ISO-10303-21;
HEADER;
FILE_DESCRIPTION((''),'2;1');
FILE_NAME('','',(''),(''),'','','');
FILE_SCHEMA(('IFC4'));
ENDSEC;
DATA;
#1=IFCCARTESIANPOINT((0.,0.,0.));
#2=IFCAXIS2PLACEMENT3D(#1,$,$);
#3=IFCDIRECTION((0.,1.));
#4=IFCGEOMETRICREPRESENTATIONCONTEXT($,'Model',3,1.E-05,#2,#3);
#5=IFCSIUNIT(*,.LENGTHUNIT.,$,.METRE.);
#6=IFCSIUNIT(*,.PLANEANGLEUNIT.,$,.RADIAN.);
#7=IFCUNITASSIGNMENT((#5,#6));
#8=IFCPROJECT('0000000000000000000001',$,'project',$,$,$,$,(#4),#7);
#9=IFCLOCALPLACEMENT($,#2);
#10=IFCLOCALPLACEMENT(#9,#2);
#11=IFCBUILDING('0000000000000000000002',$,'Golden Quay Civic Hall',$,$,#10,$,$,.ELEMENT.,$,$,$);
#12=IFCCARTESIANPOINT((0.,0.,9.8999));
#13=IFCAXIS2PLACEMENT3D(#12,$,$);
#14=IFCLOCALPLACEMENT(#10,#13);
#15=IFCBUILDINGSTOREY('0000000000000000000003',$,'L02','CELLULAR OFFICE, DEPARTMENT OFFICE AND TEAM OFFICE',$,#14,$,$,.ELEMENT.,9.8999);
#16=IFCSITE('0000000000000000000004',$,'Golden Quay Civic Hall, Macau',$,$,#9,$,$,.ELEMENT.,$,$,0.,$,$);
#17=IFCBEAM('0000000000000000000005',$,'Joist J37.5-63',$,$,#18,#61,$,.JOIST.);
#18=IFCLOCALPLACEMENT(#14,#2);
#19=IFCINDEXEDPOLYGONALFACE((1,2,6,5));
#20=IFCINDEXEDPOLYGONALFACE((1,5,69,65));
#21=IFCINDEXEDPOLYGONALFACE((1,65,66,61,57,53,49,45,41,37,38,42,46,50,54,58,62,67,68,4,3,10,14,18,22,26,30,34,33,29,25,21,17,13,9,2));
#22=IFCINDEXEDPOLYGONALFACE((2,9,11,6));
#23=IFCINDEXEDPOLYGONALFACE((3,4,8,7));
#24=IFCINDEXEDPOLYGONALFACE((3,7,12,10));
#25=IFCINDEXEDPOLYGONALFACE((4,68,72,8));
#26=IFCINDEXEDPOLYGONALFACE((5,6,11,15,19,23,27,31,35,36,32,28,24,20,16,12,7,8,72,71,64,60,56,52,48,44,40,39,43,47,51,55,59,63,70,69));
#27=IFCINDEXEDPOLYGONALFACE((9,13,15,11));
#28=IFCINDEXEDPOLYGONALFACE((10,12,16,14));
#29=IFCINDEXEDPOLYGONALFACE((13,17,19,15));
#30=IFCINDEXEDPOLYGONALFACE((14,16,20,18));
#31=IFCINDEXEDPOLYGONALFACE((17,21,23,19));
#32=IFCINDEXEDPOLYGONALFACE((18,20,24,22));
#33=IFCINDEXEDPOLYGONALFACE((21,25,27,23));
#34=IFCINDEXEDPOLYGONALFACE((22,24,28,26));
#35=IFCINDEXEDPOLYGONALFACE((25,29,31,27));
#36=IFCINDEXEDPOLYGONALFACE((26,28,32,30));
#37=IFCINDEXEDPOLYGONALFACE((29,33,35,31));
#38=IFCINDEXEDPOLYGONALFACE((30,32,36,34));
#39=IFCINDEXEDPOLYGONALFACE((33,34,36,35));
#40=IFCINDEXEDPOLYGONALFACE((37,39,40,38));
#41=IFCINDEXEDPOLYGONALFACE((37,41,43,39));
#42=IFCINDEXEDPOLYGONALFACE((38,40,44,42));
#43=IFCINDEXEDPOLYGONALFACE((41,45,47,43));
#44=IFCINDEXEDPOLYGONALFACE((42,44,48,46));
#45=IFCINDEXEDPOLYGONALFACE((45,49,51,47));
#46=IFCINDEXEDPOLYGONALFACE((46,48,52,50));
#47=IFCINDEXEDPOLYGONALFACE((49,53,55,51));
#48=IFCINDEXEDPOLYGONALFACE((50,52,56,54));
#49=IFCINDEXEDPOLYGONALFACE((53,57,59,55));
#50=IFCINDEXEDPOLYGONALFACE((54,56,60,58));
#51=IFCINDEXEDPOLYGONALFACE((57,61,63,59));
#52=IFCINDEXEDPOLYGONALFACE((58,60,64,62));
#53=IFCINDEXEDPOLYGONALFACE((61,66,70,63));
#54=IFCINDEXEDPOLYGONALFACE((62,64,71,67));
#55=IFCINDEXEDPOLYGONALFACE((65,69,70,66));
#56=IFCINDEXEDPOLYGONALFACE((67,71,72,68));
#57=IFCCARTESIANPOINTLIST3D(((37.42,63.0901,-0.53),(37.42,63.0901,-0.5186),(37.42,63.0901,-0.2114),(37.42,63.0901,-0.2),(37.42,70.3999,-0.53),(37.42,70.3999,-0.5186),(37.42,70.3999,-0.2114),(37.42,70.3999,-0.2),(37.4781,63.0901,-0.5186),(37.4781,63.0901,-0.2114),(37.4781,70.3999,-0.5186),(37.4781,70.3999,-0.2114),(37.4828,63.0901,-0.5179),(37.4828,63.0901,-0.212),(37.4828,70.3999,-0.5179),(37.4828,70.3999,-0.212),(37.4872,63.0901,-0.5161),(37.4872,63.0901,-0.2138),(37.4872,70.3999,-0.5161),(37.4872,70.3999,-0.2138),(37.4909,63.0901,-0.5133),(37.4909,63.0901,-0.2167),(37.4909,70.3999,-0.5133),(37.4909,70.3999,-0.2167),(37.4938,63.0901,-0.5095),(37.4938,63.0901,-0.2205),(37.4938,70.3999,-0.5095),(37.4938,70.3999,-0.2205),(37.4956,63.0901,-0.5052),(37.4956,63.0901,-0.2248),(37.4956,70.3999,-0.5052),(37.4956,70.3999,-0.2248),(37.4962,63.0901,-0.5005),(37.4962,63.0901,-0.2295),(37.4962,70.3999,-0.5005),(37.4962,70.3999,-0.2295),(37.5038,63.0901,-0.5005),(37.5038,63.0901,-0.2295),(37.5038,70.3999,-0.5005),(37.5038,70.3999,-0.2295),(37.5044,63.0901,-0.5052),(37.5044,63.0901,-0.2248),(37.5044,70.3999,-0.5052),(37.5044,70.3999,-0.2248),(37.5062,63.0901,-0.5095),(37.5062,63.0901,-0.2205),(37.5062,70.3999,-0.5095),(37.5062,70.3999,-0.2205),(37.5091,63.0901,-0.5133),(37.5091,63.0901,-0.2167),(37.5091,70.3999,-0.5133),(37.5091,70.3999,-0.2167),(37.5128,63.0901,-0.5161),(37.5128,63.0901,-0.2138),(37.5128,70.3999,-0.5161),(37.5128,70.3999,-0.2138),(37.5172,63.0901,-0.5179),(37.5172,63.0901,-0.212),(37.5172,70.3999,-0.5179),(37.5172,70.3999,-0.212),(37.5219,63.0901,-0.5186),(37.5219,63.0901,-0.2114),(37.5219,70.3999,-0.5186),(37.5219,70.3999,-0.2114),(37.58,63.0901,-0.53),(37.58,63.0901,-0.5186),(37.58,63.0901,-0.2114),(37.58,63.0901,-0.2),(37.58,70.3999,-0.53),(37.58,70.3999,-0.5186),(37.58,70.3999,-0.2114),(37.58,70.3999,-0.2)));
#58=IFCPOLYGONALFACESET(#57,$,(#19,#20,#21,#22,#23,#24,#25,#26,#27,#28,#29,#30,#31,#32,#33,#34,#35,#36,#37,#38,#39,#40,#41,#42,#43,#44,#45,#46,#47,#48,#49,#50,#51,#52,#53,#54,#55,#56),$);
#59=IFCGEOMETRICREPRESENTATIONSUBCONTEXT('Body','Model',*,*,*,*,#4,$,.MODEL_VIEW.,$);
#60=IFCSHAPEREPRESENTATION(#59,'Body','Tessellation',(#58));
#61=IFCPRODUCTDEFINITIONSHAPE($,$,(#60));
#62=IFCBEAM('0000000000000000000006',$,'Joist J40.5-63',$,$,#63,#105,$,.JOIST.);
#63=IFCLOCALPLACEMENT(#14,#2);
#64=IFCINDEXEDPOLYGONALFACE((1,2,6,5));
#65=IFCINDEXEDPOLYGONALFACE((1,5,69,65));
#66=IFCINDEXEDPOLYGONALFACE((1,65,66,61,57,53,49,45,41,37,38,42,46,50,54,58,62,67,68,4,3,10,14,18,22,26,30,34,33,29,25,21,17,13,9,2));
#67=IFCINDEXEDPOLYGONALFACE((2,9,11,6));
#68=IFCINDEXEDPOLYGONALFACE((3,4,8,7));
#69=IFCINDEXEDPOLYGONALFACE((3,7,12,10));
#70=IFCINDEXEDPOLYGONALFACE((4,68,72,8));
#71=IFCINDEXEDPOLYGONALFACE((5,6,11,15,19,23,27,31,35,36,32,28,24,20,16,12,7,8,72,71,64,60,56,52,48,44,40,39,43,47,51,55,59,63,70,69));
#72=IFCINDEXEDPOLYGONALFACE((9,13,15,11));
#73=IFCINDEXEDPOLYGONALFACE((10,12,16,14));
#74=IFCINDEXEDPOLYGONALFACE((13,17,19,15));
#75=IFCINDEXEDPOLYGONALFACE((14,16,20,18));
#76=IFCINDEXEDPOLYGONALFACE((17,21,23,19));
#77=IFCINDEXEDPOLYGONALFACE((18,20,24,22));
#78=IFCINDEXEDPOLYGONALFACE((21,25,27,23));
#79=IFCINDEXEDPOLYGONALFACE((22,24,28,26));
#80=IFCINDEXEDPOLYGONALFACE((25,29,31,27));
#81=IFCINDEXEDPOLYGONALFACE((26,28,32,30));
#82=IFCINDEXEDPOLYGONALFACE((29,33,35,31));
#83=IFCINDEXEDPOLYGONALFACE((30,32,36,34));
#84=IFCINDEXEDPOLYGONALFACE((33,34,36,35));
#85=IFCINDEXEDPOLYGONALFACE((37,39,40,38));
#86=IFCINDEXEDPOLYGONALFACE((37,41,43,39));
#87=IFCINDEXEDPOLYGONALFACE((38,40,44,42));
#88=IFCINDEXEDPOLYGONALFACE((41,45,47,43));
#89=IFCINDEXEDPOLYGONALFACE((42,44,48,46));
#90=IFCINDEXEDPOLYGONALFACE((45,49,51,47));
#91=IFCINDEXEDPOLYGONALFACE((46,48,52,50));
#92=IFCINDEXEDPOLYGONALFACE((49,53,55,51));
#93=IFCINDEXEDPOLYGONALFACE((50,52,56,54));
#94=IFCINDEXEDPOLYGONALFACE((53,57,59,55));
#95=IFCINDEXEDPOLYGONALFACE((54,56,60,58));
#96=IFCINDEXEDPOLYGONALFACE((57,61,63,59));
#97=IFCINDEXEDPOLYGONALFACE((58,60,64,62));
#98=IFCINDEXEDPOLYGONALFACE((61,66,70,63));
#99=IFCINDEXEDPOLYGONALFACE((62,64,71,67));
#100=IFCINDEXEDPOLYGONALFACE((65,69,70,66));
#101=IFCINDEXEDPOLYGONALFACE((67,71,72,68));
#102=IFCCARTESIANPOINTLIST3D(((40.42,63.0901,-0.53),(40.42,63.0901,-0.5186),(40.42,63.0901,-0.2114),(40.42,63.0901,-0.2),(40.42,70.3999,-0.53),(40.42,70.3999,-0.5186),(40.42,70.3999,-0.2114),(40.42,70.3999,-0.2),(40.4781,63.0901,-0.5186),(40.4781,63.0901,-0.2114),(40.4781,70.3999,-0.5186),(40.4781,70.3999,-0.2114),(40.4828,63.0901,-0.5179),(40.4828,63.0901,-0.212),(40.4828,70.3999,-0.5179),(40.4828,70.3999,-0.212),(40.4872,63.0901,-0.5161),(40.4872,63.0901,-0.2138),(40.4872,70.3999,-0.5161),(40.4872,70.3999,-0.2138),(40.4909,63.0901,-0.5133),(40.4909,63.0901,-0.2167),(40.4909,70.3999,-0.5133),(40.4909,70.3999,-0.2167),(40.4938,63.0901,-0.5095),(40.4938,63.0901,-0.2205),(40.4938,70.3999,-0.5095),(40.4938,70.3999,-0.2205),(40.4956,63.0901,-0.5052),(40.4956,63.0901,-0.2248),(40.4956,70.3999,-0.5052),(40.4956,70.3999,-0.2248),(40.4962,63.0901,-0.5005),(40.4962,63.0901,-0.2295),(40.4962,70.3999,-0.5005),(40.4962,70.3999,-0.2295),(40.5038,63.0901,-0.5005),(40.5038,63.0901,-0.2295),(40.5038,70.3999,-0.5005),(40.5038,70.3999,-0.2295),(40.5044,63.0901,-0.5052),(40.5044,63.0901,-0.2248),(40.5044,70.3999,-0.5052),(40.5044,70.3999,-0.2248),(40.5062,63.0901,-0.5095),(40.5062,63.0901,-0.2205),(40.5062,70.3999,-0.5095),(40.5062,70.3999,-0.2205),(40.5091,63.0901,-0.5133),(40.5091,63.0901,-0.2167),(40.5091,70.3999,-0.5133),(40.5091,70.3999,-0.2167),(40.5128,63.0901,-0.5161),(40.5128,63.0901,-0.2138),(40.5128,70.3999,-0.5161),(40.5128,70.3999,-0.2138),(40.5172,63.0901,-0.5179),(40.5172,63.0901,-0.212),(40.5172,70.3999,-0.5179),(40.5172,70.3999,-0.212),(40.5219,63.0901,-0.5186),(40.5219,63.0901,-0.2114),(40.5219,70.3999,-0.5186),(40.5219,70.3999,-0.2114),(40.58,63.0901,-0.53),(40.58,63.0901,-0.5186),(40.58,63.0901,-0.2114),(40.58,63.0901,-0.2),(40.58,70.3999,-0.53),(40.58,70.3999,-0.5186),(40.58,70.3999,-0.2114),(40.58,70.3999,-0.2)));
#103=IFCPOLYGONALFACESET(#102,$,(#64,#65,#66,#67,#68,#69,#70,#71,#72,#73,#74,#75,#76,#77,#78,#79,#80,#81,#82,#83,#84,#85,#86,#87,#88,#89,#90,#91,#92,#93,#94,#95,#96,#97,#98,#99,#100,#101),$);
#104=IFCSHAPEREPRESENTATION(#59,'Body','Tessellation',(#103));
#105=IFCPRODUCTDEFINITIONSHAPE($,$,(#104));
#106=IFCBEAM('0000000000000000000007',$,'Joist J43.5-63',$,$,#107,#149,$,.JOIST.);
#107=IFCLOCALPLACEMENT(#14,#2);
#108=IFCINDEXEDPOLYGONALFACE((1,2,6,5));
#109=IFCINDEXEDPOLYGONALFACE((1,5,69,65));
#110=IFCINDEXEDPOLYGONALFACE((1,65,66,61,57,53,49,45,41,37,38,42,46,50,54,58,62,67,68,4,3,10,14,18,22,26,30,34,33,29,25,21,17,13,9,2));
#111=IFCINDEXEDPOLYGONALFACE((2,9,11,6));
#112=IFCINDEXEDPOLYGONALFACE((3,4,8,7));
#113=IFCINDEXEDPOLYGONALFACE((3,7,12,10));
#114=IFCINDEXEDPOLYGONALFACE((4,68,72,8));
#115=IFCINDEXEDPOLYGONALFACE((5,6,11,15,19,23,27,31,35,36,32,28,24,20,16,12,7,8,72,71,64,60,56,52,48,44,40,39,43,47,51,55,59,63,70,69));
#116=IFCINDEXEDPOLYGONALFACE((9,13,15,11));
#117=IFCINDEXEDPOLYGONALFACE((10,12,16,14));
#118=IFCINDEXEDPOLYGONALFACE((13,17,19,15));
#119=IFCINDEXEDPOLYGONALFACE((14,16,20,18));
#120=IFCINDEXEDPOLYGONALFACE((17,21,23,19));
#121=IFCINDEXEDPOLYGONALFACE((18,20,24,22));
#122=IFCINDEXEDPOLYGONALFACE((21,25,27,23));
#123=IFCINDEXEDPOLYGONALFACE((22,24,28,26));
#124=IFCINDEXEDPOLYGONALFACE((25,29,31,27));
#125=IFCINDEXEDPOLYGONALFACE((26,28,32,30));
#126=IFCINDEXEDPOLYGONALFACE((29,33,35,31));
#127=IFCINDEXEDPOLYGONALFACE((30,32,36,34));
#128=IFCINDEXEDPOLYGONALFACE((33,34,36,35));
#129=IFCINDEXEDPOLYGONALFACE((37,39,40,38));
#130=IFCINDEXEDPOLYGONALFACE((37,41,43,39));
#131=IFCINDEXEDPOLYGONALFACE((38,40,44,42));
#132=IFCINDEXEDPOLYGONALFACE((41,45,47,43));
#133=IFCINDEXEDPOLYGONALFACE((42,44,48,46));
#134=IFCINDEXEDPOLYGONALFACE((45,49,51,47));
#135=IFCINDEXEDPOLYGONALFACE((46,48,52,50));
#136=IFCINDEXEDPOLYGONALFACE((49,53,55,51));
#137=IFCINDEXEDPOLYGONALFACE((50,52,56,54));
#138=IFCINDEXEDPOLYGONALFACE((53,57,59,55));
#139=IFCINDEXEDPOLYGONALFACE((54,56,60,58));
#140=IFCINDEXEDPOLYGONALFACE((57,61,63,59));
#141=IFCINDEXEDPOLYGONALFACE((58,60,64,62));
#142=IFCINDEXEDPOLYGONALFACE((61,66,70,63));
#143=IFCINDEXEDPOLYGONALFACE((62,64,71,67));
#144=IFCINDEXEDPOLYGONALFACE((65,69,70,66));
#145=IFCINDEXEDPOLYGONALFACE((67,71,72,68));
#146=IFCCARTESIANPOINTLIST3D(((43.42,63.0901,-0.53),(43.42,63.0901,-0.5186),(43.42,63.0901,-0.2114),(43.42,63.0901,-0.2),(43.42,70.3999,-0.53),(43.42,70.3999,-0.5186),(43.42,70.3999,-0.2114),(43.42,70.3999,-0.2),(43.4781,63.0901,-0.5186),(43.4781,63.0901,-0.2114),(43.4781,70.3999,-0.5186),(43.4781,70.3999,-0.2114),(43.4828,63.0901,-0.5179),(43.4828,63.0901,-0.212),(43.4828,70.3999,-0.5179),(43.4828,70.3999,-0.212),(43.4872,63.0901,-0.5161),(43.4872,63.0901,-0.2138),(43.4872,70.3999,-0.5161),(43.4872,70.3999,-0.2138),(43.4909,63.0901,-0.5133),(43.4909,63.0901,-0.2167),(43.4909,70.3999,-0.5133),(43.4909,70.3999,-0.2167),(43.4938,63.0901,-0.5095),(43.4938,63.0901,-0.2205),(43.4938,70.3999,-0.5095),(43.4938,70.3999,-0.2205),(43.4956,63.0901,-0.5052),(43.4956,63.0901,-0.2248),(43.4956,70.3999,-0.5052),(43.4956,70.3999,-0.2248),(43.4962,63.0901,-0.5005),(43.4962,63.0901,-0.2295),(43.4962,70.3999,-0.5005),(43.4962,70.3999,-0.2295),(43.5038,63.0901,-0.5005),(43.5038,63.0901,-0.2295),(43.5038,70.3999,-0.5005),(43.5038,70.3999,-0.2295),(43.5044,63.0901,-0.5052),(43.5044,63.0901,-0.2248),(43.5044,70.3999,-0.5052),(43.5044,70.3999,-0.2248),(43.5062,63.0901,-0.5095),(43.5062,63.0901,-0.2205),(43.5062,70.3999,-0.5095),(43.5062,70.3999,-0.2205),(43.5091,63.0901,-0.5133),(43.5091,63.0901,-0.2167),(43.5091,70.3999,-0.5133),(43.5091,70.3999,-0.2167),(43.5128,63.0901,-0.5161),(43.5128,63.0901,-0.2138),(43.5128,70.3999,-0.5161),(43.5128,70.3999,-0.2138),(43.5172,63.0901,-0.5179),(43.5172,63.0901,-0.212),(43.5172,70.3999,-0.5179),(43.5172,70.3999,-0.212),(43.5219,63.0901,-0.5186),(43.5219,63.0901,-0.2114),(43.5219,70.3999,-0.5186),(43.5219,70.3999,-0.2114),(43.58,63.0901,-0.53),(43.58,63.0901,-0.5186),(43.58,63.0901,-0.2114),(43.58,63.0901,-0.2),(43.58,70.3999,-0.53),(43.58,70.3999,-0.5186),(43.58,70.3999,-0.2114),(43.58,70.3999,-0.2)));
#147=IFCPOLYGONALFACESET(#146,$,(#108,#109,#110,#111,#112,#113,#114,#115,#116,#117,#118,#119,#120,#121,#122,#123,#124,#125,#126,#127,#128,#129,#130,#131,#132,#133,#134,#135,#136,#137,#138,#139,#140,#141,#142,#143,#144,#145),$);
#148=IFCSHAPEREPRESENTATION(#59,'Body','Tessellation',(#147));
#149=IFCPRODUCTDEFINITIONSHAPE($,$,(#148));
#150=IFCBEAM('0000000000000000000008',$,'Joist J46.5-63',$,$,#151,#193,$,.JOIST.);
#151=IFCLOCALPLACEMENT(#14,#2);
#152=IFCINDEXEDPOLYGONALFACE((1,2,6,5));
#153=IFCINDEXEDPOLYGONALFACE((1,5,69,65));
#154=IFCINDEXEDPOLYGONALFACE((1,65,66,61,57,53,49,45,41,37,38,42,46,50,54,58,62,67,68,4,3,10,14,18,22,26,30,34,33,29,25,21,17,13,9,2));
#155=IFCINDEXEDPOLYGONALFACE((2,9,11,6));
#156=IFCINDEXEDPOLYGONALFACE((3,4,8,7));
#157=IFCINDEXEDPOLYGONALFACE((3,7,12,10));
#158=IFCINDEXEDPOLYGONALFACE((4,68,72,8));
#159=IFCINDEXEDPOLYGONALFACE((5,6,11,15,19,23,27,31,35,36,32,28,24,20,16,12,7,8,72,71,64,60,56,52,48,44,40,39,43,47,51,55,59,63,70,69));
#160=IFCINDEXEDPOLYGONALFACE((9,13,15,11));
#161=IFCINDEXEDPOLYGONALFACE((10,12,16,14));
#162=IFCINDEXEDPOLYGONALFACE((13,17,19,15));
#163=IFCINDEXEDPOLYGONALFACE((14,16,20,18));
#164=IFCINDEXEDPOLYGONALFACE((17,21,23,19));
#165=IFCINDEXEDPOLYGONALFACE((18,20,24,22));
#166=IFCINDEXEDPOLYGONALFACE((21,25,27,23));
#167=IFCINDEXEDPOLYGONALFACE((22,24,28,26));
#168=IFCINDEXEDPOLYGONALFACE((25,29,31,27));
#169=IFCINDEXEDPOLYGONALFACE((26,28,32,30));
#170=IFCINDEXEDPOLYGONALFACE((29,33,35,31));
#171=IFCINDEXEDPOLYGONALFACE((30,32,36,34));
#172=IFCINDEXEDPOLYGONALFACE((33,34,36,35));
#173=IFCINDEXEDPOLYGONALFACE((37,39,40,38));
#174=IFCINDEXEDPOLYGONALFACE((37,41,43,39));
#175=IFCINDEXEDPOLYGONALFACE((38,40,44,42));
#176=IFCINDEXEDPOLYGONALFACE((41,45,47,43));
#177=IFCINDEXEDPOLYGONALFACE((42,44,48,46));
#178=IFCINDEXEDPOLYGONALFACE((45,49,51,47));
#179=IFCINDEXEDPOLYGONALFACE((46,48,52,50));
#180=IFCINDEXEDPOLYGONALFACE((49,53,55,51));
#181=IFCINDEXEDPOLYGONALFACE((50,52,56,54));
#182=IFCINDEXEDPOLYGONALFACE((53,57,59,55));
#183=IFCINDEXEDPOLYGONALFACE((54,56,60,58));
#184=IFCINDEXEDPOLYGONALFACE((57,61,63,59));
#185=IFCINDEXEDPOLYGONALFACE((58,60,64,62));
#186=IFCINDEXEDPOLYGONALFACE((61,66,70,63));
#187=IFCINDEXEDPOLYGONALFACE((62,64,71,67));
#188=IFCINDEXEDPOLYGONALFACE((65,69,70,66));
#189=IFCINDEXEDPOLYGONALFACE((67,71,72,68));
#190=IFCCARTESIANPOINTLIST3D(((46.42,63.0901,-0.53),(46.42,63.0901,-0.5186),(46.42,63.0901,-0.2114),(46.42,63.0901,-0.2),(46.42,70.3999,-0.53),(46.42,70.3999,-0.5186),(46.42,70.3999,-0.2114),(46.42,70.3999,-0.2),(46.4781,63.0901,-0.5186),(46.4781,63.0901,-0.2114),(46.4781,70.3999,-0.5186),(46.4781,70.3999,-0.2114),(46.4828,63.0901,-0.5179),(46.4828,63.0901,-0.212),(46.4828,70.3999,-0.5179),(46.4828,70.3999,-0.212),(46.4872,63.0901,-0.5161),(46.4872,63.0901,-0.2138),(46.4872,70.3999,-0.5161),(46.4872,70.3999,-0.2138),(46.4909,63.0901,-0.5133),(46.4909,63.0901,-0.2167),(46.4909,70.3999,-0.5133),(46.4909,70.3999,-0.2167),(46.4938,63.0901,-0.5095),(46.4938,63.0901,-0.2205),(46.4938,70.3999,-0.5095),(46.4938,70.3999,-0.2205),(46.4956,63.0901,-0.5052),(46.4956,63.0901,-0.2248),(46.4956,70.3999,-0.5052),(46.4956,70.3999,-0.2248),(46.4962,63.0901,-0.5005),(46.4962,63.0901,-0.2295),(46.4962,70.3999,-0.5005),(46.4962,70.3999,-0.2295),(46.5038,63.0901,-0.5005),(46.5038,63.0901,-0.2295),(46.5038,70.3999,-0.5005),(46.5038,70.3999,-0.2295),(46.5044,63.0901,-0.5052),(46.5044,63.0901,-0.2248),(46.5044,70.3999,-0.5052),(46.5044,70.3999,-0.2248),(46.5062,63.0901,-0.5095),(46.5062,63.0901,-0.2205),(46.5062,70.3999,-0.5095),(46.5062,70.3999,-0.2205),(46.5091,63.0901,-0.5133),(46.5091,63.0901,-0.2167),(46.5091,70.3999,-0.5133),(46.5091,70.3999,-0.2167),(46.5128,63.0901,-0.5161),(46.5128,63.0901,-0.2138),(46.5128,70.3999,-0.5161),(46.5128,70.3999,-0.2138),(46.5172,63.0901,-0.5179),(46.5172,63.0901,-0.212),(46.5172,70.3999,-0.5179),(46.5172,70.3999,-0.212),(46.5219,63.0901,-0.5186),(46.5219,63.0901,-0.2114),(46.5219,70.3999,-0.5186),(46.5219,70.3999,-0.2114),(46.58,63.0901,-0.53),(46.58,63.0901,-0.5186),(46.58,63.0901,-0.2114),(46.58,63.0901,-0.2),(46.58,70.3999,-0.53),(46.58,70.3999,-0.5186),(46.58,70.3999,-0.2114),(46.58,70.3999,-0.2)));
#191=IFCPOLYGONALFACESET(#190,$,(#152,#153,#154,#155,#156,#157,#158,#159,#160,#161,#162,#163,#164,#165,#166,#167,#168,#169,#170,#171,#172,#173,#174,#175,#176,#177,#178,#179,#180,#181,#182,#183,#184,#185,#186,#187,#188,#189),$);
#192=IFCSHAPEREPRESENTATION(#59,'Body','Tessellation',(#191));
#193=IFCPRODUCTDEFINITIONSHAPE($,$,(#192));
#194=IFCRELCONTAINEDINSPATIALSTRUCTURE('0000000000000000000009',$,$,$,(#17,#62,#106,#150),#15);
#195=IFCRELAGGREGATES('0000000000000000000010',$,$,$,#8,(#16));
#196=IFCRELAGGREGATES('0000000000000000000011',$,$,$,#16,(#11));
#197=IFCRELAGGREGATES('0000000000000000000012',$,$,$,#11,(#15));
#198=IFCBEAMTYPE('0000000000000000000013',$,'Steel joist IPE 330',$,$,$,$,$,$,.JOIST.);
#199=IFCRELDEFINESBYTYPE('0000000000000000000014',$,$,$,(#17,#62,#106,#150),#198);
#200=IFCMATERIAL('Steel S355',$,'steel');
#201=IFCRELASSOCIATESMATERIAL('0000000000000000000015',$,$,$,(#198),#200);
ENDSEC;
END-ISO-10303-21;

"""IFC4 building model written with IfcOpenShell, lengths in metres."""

from ifc_helpers import new_model, si_unit, direction, frame, origin, origin_2d, place, context, subcontext, project, spatial, i_section, extrude, material, material_profile, profile_set, type_object, element, save


model = new_model("IFC4")

# Units and contexts
model_context = context("Model", 3, precision=1e-05, world=origin(), true_north=direction((0.0, 1.0)))
body_context = subcontext(model_context, "Body", "Model", "MODEL_VIEW")
ifc_project = project(units=[si_unit("LENGTHUNIT", "METRE"), si_unit("PLANEANGLEUNIT", "RADIAN")], contexts=[model_context])

# Site, building, storey
site_placement = place(None, origin())
site = spatial("IfcSite", under=ifc_project, at=site_placement, Name="Golden Quay Civic Hall, Macau", CompositionType="ELEMENT", RefElevation=0.0)
building_placement = place(site_placement, origin())
building = spatial("IfcBuilding", under=site, at=building_placement, Name="Golden Quay Civic Hall", CompositionType="ELEMENT")
storey_placement = place(building_placement, frame((0.0, 0.0, 9.8999)))
storey = spatial("IfcBuildingStorey", under=building, at=storey_placement, Name="L02", Description="CELLULAR OFFICE, DEPARTMENT OFFICE AND TEAM OFFICE", CompositionType="ELEMENT", Elevation=9.8999)

# Beams
ifc_material_1 = material(Name="Steel S355", Category="steel")
ifc_material_profile_1 = material_profile(ifc_material_1, i_section(OverallWidth=0.1599, OverallDepth=0.3301, WebThickness=0.0076, FlangeThickness=0.0115, FilletRadius=0.0181, at=origin_2d()), Name="IPE 330")
ifc_profile_set_1 = profile_set([ifc_material_profile_1], Name="Steel S355")
beam_type_1 = type_object("IfcBeamType", Name="Steel joist IPE 330", PredefinedType="JOIST", material=ifc_profile_set_1)
for number, where, z_axis, x_axis, name in (
    (1, (37.5, 63.0901, -0.365), (0.0, 1.0, 0.0), (-1.0, 0.0, 0.0), "Joist J37.5-63"),
    (2, (40.5, 63.0901, -0.365), (0.0, 1.0, 0.0), (-1.0, 0.0, 0.0), "Joist J40.5-63"),
    (3, (43.5, 63.0901, -0.365), (0.0, 1.0, 0.0), (-1.0, 0.0, 0.0), "Joist J43.5-63"),
    (4, (46.5, 63.0901, -0.365), (0.0, 1.0, 0.0), (-1.0, 0.0, 0.0), "Joist J46.5-63"),
):
    element("IfcBeam", number, at=place(storey_placement, frame(where, z_axis=z_axis, x_axis=x_axis)), inside=storey, type_object=beam_type_1, Name=name, PredefinedType="JOIST", context=body_context, shape_type="SweptSolid", body=[
        extrude(i_section(OverallWidth=0.1599, OverallDepth=0.3301, WebThickness=0.0076, FlangeThickness=0.0115, FilletRadius=0.0181, at=origin_2d()), origin(), (0.0, 0.0, 1.0), 7.3098),
    ])

save(model, "model.ifc")
